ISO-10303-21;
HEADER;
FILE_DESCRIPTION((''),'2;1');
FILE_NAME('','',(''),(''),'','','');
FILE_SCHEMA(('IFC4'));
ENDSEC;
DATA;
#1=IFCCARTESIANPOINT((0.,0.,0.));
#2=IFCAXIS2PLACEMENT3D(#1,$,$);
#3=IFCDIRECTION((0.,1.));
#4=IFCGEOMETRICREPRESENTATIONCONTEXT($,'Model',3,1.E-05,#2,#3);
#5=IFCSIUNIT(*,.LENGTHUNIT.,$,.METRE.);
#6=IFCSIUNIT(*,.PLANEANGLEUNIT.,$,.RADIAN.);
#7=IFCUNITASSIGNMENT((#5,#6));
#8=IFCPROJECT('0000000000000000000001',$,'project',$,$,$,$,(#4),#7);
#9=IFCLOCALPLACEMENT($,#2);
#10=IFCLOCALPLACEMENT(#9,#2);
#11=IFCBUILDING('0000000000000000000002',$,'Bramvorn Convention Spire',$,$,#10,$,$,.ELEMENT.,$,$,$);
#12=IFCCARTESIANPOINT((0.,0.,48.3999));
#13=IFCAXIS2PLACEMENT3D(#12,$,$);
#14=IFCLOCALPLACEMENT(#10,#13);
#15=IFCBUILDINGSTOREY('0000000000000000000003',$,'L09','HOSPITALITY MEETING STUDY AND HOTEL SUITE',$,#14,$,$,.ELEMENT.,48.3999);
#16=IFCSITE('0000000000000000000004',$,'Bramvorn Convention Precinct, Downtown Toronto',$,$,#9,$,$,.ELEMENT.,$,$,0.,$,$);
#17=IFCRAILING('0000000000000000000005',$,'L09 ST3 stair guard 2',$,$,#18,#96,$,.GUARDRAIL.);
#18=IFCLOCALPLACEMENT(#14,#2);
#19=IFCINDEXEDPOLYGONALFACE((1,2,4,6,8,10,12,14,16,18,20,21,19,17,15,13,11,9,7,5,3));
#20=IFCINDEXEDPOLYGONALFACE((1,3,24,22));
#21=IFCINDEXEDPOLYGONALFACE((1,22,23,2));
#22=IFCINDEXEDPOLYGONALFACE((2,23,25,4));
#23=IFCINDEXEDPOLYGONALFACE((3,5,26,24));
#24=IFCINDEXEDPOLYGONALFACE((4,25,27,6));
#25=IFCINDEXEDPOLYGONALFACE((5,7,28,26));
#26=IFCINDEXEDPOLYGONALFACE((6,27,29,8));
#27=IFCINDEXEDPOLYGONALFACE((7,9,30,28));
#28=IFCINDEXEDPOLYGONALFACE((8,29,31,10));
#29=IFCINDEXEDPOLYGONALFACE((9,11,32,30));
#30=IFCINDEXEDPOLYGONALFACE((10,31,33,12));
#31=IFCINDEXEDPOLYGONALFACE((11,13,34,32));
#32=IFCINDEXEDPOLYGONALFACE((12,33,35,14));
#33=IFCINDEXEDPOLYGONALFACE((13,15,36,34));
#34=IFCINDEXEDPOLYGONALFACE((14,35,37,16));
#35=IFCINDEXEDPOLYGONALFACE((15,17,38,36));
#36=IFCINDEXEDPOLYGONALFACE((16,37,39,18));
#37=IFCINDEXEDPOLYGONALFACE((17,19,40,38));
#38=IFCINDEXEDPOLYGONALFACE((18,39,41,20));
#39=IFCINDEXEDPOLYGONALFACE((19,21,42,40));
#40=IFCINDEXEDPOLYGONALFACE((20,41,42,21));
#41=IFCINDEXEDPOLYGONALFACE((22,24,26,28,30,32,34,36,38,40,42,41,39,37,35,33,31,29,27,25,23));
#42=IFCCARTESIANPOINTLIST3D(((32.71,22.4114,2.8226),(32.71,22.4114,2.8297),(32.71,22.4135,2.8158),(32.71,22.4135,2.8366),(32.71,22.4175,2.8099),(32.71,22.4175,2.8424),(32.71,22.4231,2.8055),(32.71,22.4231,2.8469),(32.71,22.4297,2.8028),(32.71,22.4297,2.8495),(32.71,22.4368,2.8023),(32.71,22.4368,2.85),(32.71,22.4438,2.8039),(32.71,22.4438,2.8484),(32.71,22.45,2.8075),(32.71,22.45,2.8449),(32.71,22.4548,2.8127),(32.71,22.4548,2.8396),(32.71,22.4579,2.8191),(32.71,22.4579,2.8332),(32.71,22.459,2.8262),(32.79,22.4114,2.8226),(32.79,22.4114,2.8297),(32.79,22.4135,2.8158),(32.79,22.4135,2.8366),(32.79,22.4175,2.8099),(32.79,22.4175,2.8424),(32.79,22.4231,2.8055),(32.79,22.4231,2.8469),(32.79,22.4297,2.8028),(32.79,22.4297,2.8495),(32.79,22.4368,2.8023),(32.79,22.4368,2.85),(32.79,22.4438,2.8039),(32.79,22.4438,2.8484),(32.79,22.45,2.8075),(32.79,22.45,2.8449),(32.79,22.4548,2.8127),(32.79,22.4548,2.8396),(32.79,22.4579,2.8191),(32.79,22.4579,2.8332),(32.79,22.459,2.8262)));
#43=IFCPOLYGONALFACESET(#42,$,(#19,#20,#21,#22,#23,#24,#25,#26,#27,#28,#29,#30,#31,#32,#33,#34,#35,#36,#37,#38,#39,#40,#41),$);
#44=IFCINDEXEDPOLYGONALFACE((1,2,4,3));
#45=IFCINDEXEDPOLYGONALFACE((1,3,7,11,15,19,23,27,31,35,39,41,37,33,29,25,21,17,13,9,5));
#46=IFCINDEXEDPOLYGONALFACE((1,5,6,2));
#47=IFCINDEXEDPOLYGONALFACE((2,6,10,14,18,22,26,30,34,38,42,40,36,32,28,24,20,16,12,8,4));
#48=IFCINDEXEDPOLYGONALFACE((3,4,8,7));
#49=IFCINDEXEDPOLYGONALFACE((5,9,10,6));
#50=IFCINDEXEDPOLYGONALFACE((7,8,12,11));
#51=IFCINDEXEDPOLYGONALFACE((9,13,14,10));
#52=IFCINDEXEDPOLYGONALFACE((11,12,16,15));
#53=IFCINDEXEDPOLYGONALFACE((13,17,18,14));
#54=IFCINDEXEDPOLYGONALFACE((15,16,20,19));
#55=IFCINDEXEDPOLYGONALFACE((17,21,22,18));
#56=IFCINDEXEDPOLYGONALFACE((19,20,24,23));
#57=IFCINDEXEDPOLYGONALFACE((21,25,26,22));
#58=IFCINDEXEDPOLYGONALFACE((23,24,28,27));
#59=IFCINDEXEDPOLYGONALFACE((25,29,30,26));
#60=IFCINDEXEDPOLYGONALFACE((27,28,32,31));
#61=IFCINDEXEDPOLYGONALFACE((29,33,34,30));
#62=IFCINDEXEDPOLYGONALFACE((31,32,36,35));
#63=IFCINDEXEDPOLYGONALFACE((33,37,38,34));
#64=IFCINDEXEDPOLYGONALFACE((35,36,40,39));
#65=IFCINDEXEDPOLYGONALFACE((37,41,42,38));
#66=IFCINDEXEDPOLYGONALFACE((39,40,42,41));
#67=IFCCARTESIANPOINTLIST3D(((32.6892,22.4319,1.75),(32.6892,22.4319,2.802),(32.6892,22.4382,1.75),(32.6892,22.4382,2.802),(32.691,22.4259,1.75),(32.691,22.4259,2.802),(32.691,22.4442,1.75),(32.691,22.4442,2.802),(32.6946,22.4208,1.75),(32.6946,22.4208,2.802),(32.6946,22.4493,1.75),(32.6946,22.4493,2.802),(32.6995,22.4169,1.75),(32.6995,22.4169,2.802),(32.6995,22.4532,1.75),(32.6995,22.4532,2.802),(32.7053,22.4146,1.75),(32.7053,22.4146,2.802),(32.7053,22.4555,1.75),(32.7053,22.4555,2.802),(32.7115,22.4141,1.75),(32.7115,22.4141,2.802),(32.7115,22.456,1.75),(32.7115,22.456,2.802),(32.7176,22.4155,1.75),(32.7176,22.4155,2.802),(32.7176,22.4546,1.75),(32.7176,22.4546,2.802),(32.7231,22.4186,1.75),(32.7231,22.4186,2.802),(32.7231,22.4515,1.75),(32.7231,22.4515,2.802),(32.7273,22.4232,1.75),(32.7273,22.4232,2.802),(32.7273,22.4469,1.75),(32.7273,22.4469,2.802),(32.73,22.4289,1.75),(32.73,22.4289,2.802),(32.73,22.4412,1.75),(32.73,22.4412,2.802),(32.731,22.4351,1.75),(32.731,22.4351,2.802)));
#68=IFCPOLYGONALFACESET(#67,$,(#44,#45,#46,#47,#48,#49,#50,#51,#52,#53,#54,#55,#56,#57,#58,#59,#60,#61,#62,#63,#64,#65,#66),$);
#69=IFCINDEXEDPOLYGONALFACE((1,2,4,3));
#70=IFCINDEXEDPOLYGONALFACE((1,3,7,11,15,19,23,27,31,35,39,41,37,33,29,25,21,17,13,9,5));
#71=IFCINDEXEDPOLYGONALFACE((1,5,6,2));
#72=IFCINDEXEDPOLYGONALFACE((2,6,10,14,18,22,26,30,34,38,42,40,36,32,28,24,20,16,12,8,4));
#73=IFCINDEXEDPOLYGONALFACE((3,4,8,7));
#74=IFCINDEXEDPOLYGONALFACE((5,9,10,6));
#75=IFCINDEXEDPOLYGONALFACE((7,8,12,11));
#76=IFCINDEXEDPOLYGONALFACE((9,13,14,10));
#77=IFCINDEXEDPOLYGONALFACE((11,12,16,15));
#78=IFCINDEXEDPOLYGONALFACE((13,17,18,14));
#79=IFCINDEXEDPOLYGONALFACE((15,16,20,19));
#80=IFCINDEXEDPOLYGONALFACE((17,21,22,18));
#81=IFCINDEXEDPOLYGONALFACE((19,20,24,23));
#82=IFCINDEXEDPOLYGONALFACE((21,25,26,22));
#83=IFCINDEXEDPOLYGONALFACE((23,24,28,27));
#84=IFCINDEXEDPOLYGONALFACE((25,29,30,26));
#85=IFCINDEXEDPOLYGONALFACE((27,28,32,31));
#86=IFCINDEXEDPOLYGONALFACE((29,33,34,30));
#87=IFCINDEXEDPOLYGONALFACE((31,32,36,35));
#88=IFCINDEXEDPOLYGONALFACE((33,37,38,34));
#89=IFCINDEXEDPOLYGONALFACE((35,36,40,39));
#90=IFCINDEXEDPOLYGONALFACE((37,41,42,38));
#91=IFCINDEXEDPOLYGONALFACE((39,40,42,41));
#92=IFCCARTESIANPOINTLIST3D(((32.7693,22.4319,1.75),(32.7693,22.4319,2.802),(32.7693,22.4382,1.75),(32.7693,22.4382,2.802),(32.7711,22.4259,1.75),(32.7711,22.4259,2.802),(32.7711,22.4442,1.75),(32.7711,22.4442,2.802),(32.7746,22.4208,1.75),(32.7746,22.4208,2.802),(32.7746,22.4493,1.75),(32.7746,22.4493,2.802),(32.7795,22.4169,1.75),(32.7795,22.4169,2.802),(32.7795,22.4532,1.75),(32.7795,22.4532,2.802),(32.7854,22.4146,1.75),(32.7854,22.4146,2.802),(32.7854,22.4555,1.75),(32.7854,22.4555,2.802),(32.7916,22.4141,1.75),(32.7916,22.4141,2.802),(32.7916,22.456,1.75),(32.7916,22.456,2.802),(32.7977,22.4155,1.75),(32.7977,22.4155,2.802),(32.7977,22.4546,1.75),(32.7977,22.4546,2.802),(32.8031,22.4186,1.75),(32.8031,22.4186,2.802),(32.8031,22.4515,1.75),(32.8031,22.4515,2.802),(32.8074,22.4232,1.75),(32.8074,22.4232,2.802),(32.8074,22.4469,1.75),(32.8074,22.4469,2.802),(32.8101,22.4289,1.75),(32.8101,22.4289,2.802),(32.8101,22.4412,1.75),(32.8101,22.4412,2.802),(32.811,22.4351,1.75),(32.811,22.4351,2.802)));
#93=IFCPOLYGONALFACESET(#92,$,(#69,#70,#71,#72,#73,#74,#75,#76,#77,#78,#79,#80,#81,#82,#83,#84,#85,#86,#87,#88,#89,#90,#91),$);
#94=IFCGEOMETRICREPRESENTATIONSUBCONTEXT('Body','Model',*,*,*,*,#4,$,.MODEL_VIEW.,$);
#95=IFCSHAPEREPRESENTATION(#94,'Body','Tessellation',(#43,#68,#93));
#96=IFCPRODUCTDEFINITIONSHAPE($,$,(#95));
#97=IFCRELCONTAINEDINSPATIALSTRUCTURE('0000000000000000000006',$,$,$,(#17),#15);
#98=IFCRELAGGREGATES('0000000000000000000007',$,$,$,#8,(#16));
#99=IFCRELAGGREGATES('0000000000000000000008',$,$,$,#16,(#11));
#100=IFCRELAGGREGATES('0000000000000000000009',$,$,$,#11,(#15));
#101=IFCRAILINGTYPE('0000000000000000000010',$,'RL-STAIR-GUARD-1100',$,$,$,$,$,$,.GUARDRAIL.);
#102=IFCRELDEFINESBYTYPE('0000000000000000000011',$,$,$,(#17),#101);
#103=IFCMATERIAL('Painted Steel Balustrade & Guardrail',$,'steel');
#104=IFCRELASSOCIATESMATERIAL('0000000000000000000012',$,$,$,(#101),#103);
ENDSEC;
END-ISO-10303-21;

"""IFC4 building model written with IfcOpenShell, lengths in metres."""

from ifc_helpers import new_model, si_unit, direction, frame, origin, origin_2d, place, context, subcontext, project, spatial, circle, extrude, material, type_object, element, save


model = new_model("IFC4")

# Units and contexts
model_context = context("Model", 3, precision=1e-05, world=origin(), true_north=direction((0.0, 1.0)))
body_context = subcontext(model_context, "Body", "Model", "MODEL_VIEW")
ifc_project = project(units=[si_unit("LENGTHUNIT", "METRE"), si_unit("PLANEANGLEUNIT", "RADIAN")], contexts=[model_context])

# Site, building, storey
site_placement = place(None, origin())
site = spatial("IfcSite", under=ifc_project, at=site_placement, Name="Bramvorn Convention Precinct, Downtown Toronto", CompositionType="ELEMENT", RefElevation=0.0)
building_placement = place(site_placement, origin())
building = spatial("IfcBuilding", under=site, at=building_placement, Name="Bramvorn Convention Spire", CompositionType="ELEMENT")
storey_placement = place(building_placement, frame((0.0, 0.0, 48.3999)))
storey = spatial("IfcBuildingStorey", under=building, at=storey_placement, Name="L09", Description="HOSPITALITY MEETING STUDY AND HOTEL SUITE", CompositionType="ELEMENT", Elevation=48.3999)

# Railing
ifc_material_1 = material(Name="Painted Steel Balustrade & Guardrail", Category="steel")
railing_type_1 = type_object("IfcRailingType", Name="RL-STAIR-GUARD-1100", PredefinedType="GUARDRAIL", material=ifc_material_1)
railing_1_placement = place(storey_placement, frame((32.71, 22.4351, 1.75)))
element("IfcRailing", 1, at=railing_1_placement, inside=storey, type_object=railing_type_1, Name="L09 ST3 stair guard 2", PredefinedType="GUARDRAIL", context=body_context, shape_type="SweptSolid", body=[
    extrude(circle(Radius=0.0239, at=origin_2d()), frame((0.0, 0.0, 1.0762), z_axis=(1.0, 0.0, 0.0), x_axis=(0.0, 1.0, 0.0)), (0.0, 0.0, 1.0), 0.0801),
    extrude(circle(Radius=0.021, at=origin_2d()), origin(), (0.0, 0.0, 1.0), 1.052),
    extrude(circle(Radius=0.021, at=origin_2d()), frame((0.0801, 0.0, 0.0)), (0.0, 0.0, 1.0), 1.052),
])

save(model, "model.ifc")
